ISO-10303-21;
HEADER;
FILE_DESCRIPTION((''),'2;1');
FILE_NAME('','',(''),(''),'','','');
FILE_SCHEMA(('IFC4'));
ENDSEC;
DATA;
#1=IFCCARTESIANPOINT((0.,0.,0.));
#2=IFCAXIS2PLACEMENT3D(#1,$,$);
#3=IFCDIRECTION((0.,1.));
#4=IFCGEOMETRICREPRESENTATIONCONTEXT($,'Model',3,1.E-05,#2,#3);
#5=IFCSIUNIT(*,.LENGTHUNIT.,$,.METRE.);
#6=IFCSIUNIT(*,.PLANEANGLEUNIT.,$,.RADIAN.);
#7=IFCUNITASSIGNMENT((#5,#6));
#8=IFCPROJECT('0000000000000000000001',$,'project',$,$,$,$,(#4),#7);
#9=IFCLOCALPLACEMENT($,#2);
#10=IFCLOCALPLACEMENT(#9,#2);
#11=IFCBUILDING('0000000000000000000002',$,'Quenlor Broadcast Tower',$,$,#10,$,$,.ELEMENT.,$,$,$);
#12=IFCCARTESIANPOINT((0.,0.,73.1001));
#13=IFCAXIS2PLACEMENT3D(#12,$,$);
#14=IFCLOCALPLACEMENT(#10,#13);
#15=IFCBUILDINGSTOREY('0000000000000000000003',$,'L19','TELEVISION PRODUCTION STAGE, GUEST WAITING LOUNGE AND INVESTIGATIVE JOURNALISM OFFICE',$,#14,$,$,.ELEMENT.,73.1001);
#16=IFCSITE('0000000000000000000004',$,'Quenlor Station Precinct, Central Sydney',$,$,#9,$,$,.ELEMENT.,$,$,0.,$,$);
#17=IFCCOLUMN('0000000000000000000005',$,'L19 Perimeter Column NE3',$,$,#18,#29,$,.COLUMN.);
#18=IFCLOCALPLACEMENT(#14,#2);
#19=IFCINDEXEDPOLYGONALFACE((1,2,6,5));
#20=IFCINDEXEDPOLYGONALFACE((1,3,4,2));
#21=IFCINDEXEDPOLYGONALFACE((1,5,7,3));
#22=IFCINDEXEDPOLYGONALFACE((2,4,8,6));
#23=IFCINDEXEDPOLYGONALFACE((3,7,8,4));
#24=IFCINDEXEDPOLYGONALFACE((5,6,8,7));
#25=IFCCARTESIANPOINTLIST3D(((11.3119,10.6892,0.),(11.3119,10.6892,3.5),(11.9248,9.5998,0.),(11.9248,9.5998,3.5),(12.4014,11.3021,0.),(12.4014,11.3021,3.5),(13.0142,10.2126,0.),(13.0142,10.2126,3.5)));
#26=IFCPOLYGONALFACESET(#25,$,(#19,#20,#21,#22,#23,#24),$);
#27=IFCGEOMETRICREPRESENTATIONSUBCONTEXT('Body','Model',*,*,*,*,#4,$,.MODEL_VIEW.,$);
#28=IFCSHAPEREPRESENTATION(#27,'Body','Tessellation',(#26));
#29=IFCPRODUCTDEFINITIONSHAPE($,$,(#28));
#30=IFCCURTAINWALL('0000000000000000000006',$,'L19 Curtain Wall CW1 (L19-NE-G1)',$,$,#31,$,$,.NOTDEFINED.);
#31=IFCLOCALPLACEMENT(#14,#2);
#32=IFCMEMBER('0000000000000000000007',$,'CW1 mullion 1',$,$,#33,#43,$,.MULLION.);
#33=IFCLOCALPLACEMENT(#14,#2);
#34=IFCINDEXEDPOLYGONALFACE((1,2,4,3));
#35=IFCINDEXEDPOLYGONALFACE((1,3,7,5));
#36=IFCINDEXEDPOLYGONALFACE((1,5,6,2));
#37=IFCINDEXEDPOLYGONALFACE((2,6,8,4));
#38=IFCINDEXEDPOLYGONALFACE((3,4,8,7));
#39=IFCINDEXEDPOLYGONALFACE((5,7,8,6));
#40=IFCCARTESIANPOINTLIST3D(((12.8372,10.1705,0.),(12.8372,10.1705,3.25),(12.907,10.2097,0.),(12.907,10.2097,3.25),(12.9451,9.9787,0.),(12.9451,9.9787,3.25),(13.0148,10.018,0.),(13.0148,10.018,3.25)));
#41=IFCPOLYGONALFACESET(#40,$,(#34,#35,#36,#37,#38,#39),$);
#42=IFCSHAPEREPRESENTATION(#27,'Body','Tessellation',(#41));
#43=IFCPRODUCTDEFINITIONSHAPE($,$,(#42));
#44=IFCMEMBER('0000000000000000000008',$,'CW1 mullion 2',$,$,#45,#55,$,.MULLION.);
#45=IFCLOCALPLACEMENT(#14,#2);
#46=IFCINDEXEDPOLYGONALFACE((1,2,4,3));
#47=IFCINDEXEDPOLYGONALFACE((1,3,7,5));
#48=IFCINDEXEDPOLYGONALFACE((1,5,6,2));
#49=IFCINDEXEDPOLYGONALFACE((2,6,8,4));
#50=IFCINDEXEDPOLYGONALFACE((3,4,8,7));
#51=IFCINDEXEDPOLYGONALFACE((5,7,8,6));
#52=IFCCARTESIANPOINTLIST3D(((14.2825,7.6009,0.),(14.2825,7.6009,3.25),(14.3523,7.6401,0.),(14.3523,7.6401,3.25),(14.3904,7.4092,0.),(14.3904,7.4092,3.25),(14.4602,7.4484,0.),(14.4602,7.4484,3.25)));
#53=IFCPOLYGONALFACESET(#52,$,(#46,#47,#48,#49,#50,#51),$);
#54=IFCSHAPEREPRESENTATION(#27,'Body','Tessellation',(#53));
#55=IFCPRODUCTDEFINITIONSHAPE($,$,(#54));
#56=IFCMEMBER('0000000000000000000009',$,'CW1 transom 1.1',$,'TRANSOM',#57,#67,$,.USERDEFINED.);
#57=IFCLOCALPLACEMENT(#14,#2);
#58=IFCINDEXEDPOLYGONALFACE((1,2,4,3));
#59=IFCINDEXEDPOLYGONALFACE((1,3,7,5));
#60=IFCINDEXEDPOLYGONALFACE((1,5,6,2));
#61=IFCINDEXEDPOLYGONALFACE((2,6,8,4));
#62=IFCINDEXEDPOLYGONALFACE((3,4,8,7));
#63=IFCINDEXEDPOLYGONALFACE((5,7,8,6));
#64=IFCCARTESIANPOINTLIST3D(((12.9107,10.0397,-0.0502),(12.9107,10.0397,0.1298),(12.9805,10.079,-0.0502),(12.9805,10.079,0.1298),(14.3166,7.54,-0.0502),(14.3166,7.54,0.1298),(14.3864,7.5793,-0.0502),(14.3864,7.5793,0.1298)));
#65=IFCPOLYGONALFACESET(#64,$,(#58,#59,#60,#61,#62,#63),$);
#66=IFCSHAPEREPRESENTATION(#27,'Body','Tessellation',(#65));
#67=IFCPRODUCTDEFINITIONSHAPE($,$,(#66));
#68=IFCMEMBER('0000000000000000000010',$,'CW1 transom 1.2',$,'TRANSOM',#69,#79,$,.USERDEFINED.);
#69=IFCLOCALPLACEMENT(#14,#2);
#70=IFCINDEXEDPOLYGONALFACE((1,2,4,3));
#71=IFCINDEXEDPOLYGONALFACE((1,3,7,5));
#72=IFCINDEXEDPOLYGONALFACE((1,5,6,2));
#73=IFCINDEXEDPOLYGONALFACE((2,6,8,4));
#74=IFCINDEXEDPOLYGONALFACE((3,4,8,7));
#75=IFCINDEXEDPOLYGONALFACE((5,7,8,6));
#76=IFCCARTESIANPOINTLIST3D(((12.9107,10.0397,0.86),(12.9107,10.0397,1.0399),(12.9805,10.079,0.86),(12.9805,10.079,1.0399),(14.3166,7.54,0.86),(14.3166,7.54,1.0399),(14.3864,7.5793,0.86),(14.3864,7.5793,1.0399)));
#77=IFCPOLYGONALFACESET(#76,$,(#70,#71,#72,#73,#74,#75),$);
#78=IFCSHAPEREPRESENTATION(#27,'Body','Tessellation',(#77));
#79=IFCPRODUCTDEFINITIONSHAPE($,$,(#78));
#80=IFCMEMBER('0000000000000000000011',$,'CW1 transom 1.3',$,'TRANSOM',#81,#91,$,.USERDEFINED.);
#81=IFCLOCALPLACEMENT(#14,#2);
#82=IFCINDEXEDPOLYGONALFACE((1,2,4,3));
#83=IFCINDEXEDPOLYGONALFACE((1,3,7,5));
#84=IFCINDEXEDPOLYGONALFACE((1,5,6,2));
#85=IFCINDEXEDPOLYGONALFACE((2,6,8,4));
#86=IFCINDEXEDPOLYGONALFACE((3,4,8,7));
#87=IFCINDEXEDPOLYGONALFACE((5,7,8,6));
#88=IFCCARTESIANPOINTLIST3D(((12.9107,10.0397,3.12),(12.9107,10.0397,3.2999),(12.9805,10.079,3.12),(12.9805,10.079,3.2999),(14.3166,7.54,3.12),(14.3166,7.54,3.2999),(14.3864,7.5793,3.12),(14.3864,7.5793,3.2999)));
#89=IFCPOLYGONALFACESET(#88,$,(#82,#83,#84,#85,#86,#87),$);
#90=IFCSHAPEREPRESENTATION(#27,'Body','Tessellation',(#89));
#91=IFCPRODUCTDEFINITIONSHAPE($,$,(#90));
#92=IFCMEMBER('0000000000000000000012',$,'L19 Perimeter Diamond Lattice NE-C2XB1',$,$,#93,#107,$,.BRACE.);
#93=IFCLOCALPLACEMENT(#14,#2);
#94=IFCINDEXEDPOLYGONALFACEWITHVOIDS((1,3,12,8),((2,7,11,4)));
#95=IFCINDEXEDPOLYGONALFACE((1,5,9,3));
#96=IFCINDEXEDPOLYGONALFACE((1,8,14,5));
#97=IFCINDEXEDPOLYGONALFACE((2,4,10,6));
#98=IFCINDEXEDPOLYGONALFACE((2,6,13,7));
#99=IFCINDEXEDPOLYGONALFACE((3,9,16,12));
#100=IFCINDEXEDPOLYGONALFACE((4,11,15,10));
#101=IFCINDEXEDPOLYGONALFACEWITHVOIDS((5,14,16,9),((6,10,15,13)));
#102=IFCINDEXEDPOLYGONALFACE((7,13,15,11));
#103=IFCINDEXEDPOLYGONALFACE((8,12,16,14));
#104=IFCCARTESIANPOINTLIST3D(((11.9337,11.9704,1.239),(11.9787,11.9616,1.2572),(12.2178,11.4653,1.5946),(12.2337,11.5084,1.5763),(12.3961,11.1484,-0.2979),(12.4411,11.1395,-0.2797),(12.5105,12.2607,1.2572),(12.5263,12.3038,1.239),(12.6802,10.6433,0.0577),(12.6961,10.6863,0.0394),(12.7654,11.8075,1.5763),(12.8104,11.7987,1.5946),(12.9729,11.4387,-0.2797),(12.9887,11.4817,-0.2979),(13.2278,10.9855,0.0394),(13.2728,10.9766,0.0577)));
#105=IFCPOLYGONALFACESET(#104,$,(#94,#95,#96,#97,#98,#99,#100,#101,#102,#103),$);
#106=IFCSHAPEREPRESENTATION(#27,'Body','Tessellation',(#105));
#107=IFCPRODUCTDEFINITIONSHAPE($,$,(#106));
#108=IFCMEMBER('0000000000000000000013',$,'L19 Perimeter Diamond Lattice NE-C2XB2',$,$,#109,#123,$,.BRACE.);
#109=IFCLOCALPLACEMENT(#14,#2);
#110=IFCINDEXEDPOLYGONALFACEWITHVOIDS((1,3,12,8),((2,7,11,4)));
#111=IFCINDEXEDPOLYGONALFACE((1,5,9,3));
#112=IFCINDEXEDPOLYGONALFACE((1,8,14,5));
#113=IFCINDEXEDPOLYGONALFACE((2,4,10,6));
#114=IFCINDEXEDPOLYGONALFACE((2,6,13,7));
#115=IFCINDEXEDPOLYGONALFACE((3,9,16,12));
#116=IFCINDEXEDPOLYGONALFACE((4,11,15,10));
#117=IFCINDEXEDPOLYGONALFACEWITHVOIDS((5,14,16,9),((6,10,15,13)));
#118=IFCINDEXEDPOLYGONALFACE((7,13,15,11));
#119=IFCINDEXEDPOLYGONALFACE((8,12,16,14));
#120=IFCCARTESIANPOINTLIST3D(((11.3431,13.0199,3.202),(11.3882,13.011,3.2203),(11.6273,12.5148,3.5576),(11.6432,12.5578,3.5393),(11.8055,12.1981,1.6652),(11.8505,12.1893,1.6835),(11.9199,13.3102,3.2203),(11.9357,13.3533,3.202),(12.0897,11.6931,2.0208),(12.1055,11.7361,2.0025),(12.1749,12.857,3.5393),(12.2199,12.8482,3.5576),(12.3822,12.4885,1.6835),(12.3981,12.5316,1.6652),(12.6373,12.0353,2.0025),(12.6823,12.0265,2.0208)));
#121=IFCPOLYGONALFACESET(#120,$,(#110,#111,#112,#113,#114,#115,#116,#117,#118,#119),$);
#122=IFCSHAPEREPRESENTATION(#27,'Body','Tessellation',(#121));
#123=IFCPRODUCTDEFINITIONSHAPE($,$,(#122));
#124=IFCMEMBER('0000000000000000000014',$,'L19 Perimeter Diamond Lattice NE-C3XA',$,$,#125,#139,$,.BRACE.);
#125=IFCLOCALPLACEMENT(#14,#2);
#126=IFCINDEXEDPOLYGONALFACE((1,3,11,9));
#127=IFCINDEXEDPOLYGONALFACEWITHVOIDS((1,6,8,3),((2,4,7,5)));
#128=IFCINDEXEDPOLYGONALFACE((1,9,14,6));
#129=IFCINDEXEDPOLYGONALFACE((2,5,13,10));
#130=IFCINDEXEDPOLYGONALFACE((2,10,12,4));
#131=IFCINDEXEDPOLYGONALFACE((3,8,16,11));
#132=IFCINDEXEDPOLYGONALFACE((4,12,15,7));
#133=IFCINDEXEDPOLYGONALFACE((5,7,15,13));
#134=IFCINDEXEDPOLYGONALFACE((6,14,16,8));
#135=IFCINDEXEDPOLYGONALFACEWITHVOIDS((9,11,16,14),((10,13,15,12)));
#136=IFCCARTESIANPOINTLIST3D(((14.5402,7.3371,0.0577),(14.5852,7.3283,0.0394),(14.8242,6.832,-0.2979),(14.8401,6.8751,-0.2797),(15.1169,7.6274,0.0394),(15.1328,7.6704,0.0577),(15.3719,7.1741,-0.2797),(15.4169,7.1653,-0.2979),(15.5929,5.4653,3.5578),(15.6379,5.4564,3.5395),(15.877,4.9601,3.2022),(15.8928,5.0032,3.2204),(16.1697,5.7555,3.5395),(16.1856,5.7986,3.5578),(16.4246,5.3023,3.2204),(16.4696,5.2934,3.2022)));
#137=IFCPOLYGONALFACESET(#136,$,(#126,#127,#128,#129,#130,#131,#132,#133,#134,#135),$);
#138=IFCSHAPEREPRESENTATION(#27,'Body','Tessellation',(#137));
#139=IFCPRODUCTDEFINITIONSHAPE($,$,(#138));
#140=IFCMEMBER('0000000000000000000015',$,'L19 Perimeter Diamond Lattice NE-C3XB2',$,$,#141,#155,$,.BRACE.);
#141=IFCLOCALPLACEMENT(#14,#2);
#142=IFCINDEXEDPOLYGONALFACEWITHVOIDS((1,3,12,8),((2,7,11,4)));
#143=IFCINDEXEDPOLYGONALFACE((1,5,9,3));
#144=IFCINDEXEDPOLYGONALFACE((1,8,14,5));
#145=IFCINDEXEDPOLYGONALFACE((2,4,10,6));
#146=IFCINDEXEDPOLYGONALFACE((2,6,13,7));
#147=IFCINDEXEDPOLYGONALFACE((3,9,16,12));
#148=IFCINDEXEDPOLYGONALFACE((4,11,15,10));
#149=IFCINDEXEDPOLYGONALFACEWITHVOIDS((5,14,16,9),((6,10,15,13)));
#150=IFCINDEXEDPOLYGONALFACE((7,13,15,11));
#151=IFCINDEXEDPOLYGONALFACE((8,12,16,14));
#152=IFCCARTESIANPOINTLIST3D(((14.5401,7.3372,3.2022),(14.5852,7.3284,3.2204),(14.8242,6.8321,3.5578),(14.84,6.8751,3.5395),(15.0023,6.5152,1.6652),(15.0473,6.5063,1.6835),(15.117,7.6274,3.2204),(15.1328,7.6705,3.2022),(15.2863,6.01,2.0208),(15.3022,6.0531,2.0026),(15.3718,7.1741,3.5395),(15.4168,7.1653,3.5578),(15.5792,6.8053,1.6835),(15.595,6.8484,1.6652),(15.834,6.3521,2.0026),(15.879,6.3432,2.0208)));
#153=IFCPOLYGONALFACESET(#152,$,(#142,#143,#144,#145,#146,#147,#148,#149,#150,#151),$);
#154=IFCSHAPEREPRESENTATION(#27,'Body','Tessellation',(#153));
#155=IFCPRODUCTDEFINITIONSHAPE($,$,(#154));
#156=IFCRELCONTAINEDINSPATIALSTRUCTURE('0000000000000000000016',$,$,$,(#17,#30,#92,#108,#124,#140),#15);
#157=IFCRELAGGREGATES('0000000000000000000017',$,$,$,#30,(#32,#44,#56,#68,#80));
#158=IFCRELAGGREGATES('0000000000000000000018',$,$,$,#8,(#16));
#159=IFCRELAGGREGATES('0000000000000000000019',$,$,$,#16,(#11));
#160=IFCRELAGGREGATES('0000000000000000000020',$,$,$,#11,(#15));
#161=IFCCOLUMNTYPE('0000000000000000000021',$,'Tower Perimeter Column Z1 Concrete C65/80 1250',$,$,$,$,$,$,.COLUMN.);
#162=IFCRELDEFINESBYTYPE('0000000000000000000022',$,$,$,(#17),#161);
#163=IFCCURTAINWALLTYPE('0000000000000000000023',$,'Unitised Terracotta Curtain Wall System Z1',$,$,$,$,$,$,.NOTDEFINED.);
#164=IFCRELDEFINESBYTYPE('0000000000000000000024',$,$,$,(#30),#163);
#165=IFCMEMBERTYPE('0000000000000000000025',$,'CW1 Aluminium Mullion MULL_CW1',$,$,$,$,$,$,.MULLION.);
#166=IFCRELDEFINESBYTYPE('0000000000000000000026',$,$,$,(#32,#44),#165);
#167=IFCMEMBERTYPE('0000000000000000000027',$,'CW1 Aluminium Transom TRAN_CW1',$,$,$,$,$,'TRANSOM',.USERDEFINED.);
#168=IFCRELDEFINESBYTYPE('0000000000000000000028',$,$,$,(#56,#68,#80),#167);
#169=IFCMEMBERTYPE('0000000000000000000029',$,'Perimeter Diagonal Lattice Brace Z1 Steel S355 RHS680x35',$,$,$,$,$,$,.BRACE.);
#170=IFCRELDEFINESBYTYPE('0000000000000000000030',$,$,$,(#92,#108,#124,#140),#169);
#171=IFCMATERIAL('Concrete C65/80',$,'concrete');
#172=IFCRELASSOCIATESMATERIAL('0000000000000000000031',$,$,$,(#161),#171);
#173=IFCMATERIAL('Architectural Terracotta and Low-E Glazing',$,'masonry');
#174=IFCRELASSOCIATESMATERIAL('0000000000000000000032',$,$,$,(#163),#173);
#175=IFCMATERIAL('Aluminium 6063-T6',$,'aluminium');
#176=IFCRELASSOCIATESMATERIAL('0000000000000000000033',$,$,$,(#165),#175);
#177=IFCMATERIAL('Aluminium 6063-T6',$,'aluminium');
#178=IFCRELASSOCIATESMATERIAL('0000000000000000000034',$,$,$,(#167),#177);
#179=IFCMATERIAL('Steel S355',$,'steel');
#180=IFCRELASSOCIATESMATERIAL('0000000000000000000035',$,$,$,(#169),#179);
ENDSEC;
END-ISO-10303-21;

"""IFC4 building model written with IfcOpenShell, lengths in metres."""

from ifc_helpers import new_model, si_unit, direction, frame, origin, origin_2d, place, context, subcontext, project, spatial, rectangle, hollow_rectangle, extrude, material, material_profile, profile_set, type_object, element, aggregate, save


model = new_model("IFC4")

# Units and contexts
model_context = context("Model", 3, precision=1e-05, world=origin(), true_north=direction((0.0, 1.0)))
body_context = subcontext(model_context, "Body", "Model", "MODEL_VIEW")
ifc_project = project(units=[si_unit("LENGTHUNIT", "METRE"), si_unit("PLANEANGLEUNIT", "RADIAN")], contexts=[model_context])

# Site, building, storey
site_placement = place(None, origin())
site = spatial("IfcSite", under=ifc_project, at=site_placement, Name="Quenlor Station Precinct, Central Sydney", CompositionType="ELEMENT", RefElevation=0.0)
building_placement = place(site_placement, origin())
building = spatial("IfcBuilding", under=site, at=building_placement, Name="Quenlor Broadcast Tower", CompositionType="ELEMENT")
storey_placement = place(building_placement, frame((0.0, 0.0, 73.1001)))
storey = spatial("IfcBuildingStorey", under=building, at=storey_placement, Name="L19", Description="TELEVISION PRODUCTION STAGE, GUEST WAITING LOUNGE AND INVESTIGATIVE JOURNALISM OFFICE", CompositionType="ELEMENT", Elevation=73.1001)

# Column
ifc_material_1 = material(Name="Concrete C65/80", Category="concrete")
ifc_material_profile_1 = material_profile(ifc_material_1, rectangle(XDim=1.25, YDim=1.25, at=origin_2d()))
ifc_profile_set_1 = profile_set([ifc_material_profile_1], Name="Concrete C65/80 RC1250x1250")
column_type = type_object("IfcColumnType", Name="Tower Perimeter Column Z1 Concrete C65/80 1250", PredefinedType="COLUMN", material=ifc_profile_set_1)
column_placement = place(storey_placement, frame((12.1631, 10.4509, 0.0), z_axis=(0.0, 0.0, 1.0), x_axis=(0.871575, 0.490262, 0.0)))
element("IfcColumn", 1, at=column_placement, inside=storey, type_object=column_type, Name="L19 Perimeter Column NE3", PredefinedType="COLUMN", context=body_context, shape_type="SweptSolid", body=[
    extrude(rectangle(XDim=1.25, YDim=1.25, at=origin_2d()), origin(), (0.0, 0.0, 1.0), 3.5),
])

# Curtain wall, members
ifc_material_2 = material(Name="Architectural Terracotta and Low-E Glazing", Category="masonry")
curtain_wall_type = type_object("IfcCurtainWallType", Name="Unitised Terracotta Curtain Wall System Z1", PredefinedType="NOTDEFINED", material=ifc_material_2)
curtain_wall_placement = place(storey_placement, origin())
curtain_wall = element("IfcCurtainWall", 2, at=curtain_wall_placement, inside=storey, type_object=curtain_wall_type, Name="L19 Curtain Wall CW1 (L19-NE-G1)", PredefinedType="NOTDEFINED")
ifc_material_3 = material(Name="Aluminium 6063-T6", Category="aluminium")
ifc_material_profile_2 = material_profile(ifc_material_3, rectangle(XDim=0.0801, YDim=0.22, at=origin_2d()))
ifc_profile_set_2 = profile_set([ifc_material_profile_2], Name="Aluminium 6063-T6 MULL80x220")
member_type_1 = type_object("IfcMemberType", Name="CW1 Aluminium Mullion MULL_CW1", PredefinedType="MULLION", material=ifc_profile_set_2)
member_1_placement = place(storey_placement, frame((12.926, 10.0942, 0.0), z_axis=(0.0, 0.0, 1.0), x_axis=(0.871568, 0.490274, 0.0)))
member_1 = element("IfcMember", 3, at=member_1_placement, type_object=member_type_1, Name="CW1 mullion 1", PredefinedType="MULLION", context=body_context, shape_type="SweptSolid", body=[
    extrude(rectangle(XDim=0.0801, YDim=0.22, at=origin_2d()), origin(), (0.0, 0.0, 1.0), 3.25),
])
member_2_placement = place(storey_placement, frame((14.3713, 7.5247, 0.0), z_axis=(0.0, 0.0, 1.0), x_axis=(0.871568, 0.490274, 0.0)))
member_2 = element("IfcMember", 4, at=member_2_placement, type_object=member_type_1, Name="CW1 mullion 2", PredefinedType="MULLION", context=body_context, shape_type="SweptSolid", body=[
    extrude(rectangle(XDim=0.0801, YDim=0.22, at=origin_2d()), origin(), (0.0, 0.0, 1.0), 3.25),
])
ifc_material_4 = material(Name="Aluminium 6063-T6", Category="aluminium")
ifc_material_profile_3 = material_profile(ifc_material_4, rectangle(XDim=0.0801, YDim=0.1799, at=origin_2d()))
ifc_profile_set_3 = profile_set([ifc_material_profile_3], Name="Aluminium 6063-T6 TRAN80x180")
member_type_2 = type_object("IfcMemberType", Name="CW1 Aluminium Transom TRAN_CW1", ElementType="TRANSOM", PredefinedType="USERDEFINED", material=ifc_profile_set_3)
member_3_placement = place(storey_placement, frame((12.9456, 10.0593, 0.0398), z_axis=(0.490233, -0.871591, 0.0), x_axis=(0.871591, 0.490233, 0.0)))
member_3 = element("IfcMember", 5, at=member_3_placement, type_object=member_type_2, Name="CW1 transom 1.1", ObjectType="TRANSOM", PredefinedType="USERDEFINED", context=body_context, shape_type="SweptSolid", body=[
    extrude(rectangle(XDim=0.0801, YDim=0.1799, at=origin_2d()), origin(), (0.0, 0.0, 1.0), 2.8679),
])
member_4_placement = place(storey_placement, frame((12.9456, 10.0593, 0.95), z_axis=(0.490233, -0.871591, 0.0), x_axis=(0.871591, 0.490233, 0.0)))
member_4 = element("IfcMember", 6, at=member_4_placement, type_object=member_type_2, Name="CW1 transom 1.2", ObjectType="TRANSOM", PredefinedType="USERDEFINED", context=body_context, shape_type="SweptSolid", body=[
    extrude(rectangle(XDim=0.0801, YDim=0.1799, at=origin_2d()), origin(), (0.0, 0.0, 1.0), 2.8679),
])
member_5_placement = place(storey_placement, frame((12.9456, 10.0593, 3.21), z_axis=(0.490233, -0.871591, 0.0), x_axis=(0.871591, 0.490233, 0.0)))
member_5 = element("IfcMember", 7, at=member_5_placement, type_object=member_type_2, Name="CW1 transom 1.3", ObjectType="TRANSOM", PredefinedType="USERDEFINED", context=body_context, shape_type="SweptSolid", body=[
    extrude(rectangle(XDim=0.0801, YDim=0.1799, at=origin_2d()), origin(), (0.0, 0.0, 1.0), 2.8679),
])

# Members
ifc_material_5 = material(Name="Steel S355", Category="steel")
ifc_material_profile_4 = material_profile(ifc_material_5, hollow_rectangle(XDim=0.6799, YDim=0.6799, WallThickness=0.0349, at=origin_2d()))
ifc_profile_set_4 = profile_set([ifc_material_profile_4], Name="Steel S355 RHS680x680x35")
member_type_3 = type_object("IfcMemberType", Name="Perimeter Diagonal Lattice Brace Z1 Steel S355 RHS680x35", PredefinedType="BRACE", material=ifc_profile_set_4)
member_6_placement = place(storey_placement, frame((12.8345, 11.0625, -0.1201), z_axis=(-0.256436, 0.455871, 0.852304), x_axis=(-0.871569, -0.490274, 0.0)))
element("IfcMember", 8, at=member_6_placement, inside=storey, type_object=member_type_3, Name="L19 Perimeter Diamond Lattice NE-C2XB1", PredefinedType="BRACE", context=body_context, shape_type="SweptSolid", body=[
    extrude(hollow_rectangle(XDim=0.6799, YDim=0.6799, WallThickness=0.0349, at=origin_2d()), origin(), (0.0, 0.0, 1.0), 1.8032),
])
member_7_placement = place(storey_placement, frame((12.2439, 12.1123, 1.843), z_axis=(-0.256452, 0.455764, 0.852357), x_axis=(-0.871506, -0.490384, 0.0)))
element("IfcMember", 9, at=member_7_placement, inside=storey, type_object=member_type_3, Name="L19 Perimeter Diamond Lattice NE-C2XB2", PredefinedType="BRACE", context=body_context, shape_type="SweptSolid", body=[
    extrude(hollow_rectangle(XDim=0.6799, YDim=0.6799, WallThickness=0.0349, at=origin_2d()), origin(), (0.0, 0.0, 1.0), 1.803),
])
member_8_placement = place(storey_placement, frame((14.9785, 7.2512, -0.1201), z_axis=(0.256368, -0.455839, 0.852342), x_axis=(0.871609, 0.490202, 0.0)))
element("IfcMember", 10, at=member_8_placement, inside=storey, type_object=member_type_3, Name="L19 Perimeter Diamond Lattice NE-C3XA", PredefinedType="BRACE", context=body_context, shape_type="SweptSolid", body=[
    extrude(hollow_rectangle(XDim=0.6799, YDim=0.6799, WallThickness=0.0349, at=origin_2d()), origin(), (0.0, 0.0, 1.0), 4.1064),
])
member_9_placement = place(storey_placement, frame((15.4407, 6.4292, 1.843), z_axis=(-0.256309, 0.455887, 0.852334), x_axis=(-0.871679, -0.490077, 0.0)))
element("IfcMember", 11, at=member_9_placement, inside=storey, type_object=member_type_3, Name="L19 Perimeter Diamond Lattice NE-C3XB2", PredefinedType="BRACE", context=body_context, shape_type="SweptSolid", body=[
    extrude(hollow_rectangle(XDim=0.6799, YDim=0.6799, WallThickness=0.0349, at=origin_2d()), origin(), (0.0, 0.0, 1.0), 1.8032),
])

aggregate(curtain_wall, [member_1, member_2, member_3, member_4, member_5])

save(model, "model.ifc")
